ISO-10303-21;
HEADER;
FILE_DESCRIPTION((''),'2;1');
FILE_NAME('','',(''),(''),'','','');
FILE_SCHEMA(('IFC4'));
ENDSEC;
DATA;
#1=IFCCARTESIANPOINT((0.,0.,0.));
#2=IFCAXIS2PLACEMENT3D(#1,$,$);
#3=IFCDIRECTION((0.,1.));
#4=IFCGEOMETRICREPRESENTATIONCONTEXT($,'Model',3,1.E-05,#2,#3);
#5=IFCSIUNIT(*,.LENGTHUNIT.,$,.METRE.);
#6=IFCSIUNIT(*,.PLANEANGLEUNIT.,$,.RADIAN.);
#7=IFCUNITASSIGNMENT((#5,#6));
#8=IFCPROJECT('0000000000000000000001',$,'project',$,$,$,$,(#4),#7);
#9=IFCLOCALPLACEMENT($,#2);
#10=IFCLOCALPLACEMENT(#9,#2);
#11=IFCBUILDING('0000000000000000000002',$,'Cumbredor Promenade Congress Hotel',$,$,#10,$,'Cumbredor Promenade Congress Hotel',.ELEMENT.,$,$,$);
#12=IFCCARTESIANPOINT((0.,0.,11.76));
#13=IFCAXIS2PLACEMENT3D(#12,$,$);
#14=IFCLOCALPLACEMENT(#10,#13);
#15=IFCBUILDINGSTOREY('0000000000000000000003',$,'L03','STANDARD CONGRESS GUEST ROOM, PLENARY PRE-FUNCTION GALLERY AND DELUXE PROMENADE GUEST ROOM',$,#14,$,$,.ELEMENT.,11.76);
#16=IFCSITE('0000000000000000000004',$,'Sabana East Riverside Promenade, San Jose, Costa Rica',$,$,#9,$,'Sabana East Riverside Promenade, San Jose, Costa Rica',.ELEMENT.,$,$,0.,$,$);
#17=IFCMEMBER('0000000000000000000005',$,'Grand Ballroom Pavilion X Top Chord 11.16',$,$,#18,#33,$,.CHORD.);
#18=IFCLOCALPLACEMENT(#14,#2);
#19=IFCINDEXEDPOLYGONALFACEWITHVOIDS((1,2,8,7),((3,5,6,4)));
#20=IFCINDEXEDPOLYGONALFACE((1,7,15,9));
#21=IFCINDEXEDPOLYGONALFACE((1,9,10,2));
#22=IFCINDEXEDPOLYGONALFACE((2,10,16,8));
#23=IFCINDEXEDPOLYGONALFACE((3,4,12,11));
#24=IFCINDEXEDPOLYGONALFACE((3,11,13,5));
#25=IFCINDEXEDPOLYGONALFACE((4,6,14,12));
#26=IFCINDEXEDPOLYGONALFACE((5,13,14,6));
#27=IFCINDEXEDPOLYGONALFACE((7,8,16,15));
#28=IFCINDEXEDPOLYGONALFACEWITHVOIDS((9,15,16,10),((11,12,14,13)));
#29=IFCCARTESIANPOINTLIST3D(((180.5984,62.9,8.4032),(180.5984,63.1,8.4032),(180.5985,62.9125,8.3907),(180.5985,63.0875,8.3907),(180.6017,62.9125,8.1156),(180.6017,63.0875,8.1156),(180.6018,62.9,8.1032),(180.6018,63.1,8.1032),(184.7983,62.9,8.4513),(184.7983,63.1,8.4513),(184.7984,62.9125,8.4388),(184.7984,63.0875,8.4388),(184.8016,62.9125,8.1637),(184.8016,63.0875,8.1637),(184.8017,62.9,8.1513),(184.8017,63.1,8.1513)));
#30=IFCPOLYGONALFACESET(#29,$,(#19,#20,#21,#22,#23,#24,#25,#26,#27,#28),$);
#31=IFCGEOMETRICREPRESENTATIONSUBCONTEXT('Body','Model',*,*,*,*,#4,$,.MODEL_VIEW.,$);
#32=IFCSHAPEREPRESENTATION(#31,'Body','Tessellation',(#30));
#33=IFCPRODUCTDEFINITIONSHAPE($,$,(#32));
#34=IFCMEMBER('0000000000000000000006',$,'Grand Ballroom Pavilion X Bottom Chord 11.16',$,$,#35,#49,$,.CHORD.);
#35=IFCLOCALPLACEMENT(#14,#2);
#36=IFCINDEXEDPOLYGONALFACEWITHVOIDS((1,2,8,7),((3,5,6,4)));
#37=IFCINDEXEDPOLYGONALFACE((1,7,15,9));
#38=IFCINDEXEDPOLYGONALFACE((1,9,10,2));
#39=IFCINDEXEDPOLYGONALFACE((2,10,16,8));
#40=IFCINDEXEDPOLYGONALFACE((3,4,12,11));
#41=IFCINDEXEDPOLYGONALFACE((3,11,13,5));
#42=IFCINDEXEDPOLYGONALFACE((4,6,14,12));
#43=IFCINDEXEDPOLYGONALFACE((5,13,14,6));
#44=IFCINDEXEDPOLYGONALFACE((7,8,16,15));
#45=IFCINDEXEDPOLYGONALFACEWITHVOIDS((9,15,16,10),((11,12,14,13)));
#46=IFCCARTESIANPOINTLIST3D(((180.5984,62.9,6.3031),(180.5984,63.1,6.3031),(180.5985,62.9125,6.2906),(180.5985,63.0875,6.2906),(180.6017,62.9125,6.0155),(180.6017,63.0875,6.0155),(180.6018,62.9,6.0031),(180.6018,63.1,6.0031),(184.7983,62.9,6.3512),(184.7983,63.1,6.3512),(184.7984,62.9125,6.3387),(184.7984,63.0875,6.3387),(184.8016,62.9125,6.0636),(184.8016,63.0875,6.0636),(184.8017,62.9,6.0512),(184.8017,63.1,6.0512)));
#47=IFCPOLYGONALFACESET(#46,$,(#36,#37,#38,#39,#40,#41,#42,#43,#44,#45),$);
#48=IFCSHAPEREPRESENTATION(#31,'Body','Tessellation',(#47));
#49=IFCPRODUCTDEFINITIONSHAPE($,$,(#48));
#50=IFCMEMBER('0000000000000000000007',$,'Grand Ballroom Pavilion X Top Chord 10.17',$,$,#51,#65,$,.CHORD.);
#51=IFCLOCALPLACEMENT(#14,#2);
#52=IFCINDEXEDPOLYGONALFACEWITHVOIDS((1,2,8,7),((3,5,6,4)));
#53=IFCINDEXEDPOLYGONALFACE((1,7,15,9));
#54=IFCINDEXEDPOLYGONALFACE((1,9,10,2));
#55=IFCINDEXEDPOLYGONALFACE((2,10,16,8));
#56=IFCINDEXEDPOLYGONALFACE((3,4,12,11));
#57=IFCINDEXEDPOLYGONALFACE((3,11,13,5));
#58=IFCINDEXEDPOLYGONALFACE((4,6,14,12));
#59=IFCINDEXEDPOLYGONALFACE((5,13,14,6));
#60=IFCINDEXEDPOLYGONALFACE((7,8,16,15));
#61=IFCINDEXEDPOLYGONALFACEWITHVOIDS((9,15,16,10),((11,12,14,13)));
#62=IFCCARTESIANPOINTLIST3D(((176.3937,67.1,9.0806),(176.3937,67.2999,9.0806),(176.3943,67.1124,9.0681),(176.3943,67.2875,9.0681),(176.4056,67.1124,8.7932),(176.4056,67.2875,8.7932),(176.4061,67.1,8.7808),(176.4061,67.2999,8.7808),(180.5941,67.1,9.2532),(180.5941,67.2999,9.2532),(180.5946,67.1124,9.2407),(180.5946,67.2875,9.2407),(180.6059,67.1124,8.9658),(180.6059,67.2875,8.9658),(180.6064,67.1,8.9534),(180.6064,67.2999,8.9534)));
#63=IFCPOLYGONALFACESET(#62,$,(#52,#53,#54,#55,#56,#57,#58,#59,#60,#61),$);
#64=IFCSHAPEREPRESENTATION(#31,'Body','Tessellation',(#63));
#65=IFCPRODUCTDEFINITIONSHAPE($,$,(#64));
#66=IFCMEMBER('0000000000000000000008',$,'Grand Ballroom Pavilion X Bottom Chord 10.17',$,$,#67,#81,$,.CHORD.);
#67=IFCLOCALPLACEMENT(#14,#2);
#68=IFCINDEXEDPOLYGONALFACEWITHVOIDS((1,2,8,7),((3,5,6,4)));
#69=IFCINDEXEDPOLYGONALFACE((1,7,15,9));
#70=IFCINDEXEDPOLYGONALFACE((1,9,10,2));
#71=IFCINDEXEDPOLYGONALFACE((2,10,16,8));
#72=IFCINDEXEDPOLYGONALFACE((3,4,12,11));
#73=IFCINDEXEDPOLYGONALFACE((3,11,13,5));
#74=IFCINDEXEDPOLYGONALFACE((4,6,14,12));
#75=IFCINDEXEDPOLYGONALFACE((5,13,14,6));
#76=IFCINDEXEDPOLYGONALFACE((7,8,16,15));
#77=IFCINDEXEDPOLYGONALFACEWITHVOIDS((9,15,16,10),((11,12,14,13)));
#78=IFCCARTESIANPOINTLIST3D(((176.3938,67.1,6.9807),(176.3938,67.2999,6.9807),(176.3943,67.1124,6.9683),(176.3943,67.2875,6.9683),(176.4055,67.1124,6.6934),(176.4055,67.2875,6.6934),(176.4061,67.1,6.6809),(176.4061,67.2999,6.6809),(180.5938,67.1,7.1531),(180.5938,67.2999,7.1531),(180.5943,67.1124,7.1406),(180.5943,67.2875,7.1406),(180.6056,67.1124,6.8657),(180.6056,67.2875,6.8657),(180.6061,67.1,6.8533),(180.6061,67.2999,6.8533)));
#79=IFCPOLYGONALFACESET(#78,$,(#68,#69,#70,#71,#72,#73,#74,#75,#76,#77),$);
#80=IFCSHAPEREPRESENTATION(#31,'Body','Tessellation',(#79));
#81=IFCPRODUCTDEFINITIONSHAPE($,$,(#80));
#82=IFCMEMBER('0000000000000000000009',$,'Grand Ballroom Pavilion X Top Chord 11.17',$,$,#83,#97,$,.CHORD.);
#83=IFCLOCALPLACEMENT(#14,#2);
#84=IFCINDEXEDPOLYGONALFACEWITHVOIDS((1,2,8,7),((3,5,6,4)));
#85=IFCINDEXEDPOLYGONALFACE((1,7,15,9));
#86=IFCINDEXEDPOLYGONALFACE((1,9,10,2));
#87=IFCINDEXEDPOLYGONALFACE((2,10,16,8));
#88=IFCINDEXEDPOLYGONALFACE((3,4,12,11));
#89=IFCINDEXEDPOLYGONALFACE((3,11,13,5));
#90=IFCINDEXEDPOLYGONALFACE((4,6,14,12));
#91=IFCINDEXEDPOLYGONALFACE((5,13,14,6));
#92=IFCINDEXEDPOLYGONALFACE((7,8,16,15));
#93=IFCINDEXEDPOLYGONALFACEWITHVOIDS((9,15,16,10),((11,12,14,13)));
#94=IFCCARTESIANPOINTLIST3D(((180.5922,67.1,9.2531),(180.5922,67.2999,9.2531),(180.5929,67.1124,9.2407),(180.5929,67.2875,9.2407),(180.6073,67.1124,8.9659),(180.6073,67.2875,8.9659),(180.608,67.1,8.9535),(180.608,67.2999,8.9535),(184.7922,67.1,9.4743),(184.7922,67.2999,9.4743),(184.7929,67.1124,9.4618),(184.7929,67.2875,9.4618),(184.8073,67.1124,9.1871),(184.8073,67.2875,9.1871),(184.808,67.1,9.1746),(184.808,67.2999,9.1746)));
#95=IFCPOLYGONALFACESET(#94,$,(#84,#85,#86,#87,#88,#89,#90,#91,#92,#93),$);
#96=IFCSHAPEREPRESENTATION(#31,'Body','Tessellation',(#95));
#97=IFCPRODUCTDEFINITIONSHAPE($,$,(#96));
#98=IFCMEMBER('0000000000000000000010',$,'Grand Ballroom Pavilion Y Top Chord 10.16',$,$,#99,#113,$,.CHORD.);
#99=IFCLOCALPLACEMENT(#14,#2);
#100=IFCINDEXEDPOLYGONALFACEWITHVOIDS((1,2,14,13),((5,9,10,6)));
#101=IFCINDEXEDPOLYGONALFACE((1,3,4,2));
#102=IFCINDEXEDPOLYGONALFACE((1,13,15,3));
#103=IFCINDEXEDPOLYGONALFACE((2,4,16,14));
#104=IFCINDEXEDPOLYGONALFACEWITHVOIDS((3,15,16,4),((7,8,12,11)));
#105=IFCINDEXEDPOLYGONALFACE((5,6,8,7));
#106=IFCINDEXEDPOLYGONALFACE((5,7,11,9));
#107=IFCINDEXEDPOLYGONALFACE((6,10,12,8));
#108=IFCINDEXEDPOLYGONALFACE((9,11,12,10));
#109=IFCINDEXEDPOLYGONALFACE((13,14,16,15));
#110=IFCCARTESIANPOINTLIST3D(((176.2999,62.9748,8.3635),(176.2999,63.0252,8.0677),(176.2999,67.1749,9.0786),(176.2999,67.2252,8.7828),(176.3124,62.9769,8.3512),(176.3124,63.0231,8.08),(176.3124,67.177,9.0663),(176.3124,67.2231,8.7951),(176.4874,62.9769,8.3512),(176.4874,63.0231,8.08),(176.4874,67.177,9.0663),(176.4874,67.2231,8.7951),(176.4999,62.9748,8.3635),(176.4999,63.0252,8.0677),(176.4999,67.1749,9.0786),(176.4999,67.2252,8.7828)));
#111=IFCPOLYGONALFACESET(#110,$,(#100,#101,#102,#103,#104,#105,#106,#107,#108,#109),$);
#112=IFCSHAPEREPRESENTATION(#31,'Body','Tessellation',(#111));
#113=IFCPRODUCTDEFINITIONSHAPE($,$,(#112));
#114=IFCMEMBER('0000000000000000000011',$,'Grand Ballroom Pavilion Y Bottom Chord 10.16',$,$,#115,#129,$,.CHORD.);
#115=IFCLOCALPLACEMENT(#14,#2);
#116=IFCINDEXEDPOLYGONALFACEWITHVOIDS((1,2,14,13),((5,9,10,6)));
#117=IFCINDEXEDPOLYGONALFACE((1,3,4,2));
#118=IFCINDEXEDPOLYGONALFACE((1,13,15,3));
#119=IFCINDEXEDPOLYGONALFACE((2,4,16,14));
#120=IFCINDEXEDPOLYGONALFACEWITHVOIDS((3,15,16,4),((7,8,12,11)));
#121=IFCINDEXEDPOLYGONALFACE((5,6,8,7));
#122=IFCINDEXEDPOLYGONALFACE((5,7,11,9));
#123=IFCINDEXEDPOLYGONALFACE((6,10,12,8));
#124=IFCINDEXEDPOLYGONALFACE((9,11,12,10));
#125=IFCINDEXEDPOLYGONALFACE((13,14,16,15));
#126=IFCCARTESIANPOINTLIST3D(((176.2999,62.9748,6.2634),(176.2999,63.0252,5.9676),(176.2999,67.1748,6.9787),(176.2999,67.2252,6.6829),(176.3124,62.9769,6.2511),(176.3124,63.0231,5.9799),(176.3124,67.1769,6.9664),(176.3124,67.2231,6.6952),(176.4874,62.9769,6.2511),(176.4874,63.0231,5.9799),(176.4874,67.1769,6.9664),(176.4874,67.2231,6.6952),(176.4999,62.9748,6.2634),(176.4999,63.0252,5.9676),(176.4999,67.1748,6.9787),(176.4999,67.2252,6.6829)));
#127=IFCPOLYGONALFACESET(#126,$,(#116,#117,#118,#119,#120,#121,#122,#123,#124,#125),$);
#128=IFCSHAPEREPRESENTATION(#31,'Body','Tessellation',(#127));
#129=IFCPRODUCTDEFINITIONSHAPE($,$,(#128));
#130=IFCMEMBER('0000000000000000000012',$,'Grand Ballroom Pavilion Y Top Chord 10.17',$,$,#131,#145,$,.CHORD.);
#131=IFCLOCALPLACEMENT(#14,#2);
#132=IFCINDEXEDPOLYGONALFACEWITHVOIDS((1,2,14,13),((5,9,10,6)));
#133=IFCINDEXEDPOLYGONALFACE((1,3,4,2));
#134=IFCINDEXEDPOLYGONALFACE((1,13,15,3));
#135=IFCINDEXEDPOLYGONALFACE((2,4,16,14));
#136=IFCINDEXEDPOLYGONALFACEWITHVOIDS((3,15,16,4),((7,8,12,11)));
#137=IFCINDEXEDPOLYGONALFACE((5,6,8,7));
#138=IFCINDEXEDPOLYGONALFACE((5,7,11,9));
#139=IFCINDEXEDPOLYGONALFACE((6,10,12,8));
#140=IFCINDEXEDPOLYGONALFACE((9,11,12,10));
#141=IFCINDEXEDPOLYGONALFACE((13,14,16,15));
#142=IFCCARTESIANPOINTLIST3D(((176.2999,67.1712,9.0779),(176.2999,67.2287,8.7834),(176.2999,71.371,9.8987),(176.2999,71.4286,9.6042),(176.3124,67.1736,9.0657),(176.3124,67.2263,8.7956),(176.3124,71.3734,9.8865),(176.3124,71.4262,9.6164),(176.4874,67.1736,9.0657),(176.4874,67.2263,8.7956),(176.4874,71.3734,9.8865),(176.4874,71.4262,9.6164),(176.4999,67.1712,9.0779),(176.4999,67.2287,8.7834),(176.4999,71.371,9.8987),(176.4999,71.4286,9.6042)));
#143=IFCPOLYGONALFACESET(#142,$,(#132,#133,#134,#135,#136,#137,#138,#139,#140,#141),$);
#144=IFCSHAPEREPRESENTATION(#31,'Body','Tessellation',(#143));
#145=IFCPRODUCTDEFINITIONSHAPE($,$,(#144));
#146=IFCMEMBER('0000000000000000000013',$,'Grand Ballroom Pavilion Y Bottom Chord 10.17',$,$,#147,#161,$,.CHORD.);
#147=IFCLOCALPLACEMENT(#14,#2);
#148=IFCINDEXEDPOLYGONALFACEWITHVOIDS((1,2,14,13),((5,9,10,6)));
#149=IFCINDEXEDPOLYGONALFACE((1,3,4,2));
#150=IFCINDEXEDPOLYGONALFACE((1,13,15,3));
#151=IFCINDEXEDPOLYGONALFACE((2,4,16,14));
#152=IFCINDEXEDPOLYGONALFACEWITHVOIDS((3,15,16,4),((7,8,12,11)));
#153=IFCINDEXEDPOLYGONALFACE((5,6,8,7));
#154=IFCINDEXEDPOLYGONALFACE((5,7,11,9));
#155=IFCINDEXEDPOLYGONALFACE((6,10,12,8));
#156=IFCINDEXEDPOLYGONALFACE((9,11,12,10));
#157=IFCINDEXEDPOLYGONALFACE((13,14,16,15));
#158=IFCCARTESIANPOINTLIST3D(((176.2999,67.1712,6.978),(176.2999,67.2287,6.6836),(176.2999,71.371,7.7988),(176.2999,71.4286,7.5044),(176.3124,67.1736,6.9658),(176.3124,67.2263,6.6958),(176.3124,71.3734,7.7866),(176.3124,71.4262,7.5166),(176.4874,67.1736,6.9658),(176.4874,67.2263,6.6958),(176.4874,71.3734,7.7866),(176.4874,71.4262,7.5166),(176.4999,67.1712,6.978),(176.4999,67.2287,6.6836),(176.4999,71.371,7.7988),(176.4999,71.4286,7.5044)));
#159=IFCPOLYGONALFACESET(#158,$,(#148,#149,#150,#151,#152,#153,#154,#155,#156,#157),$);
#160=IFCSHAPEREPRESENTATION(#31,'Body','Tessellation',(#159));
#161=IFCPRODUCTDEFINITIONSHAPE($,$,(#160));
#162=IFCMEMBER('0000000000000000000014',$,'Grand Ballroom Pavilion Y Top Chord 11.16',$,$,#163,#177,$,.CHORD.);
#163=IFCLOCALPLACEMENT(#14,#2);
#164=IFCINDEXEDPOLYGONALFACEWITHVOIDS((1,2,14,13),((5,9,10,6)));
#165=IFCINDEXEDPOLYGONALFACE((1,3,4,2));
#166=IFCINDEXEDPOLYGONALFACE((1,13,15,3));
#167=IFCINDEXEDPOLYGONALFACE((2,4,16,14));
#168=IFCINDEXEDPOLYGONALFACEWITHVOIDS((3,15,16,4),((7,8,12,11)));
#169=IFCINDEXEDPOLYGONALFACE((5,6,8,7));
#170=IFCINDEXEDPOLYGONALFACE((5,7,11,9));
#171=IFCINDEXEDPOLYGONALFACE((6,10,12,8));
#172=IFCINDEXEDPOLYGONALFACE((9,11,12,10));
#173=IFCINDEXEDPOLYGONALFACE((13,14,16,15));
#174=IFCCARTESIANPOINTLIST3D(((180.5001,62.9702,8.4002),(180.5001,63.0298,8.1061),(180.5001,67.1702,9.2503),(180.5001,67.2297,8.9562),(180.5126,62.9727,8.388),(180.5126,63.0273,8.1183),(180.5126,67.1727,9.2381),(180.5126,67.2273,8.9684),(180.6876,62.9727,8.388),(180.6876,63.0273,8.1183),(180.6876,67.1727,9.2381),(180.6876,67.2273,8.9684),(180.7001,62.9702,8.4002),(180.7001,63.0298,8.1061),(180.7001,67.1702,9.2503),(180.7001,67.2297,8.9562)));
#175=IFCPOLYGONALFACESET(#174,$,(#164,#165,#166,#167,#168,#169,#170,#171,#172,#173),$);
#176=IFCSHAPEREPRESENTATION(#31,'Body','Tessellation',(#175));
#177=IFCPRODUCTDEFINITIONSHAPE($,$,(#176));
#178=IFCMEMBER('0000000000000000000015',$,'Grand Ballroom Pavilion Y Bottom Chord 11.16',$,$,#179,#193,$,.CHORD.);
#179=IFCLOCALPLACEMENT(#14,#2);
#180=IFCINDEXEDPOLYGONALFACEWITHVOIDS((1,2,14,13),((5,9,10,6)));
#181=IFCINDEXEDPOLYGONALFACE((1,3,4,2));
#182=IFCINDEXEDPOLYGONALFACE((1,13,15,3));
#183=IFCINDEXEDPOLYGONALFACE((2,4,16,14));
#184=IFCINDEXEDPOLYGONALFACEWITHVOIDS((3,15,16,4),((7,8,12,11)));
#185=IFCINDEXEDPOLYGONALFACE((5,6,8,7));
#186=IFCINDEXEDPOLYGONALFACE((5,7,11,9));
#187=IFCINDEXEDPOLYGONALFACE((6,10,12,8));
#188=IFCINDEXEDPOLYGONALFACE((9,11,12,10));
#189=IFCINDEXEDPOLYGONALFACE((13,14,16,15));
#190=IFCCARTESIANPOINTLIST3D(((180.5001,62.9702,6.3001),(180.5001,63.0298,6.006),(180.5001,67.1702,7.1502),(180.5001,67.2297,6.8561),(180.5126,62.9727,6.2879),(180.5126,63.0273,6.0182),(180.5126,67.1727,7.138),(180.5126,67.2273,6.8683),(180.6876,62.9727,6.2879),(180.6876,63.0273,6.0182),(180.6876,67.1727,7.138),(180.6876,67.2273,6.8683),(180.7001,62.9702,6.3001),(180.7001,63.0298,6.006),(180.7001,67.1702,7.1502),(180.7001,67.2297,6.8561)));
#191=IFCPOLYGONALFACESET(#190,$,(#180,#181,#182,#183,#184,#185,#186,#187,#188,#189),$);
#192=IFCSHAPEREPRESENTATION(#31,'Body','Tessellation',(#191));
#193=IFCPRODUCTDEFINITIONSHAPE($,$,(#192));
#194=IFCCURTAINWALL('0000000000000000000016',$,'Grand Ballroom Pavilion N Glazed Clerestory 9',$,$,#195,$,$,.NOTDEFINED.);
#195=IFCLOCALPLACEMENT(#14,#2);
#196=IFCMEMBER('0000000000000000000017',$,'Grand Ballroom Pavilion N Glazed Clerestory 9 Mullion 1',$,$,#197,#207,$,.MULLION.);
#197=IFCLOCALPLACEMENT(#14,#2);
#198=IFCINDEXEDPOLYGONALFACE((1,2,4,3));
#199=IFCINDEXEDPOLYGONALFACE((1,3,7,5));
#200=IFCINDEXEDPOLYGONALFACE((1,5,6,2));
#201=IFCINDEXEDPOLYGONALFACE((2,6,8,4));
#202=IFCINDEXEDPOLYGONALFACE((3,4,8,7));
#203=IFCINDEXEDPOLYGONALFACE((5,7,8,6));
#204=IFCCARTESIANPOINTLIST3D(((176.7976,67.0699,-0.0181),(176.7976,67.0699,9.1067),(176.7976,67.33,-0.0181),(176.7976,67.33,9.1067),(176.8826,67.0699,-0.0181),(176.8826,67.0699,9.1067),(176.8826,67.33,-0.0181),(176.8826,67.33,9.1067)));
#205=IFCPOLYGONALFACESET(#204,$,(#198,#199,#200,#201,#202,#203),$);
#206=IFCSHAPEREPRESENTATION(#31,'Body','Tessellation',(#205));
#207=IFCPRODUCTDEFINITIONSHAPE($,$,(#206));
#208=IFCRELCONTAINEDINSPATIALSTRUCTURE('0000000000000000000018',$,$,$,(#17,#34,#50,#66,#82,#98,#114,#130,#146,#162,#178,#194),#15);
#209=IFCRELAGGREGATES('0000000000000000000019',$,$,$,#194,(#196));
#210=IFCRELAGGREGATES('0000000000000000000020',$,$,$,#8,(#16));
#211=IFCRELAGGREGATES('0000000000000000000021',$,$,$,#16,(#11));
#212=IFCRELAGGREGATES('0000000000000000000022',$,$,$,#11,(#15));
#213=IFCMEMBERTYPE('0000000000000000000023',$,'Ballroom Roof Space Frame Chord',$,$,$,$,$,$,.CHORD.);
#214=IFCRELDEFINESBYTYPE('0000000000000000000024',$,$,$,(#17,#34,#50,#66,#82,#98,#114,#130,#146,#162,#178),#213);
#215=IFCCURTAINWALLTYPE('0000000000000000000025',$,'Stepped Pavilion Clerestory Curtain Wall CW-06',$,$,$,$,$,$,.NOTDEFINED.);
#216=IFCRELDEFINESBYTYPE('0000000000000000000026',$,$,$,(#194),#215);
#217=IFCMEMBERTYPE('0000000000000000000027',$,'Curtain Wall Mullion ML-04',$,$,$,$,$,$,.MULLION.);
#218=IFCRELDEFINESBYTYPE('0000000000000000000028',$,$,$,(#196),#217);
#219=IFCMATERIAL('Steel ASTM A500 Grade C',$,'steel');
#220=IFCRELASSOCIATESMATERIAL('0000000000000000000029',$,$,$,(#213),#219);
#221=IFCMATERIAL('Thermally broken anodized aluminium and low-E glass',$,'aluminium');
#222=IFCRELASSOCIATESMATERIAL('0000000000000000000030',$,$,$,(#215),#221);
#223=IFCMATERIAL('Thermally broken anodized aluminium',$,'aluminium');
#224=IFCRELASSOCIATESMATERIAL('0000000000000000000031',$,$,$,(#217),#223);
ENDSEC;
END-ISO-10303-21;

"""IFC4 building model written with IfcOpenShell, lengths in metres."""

from ifc_helpers import new_model, si_unit, direction, frame, origin, origin_2d, place, context, subcontext, project, spatial, rectangle, hollow_rectangle, extrude, material, material_profile, profile_set, type_object, element, aggregate, save


model = new_model("IFC4")

# Units and contexts
model_context = context("Model", 3, precision=1e-05, world=origin(), true_north=direction((0.0, 1.0)))
body_context = subcontext(model_context, "Body", "Model", "MODEL_VIEW")
ifc_project = project(units=[si_unit("LENGTHUNIT", "METRE"), si_unit("PLANEANGLEUNIT", "RADIAN")], contexts=[model_context])

# Site, building, storey
site_placement = place(None, origin())
site = spatial("IfcSite", under=ifc_project, at=site_placement, Name="Sabana East Riverside Promenade, San Jose, Costa Rica", LongName="Sabana East Riverside Promenade, San Jose, Costa Rica", CompositionType="ELEMENT", RefElevation=0.0)
building_placement = place(site_placement, origin())
building = spatial("IfcBuilding", under=site, at=building_placement, Name="Cumbredor Promenade Congress Hotel", LongName="Cumbredor Promenade Congress Hotel", CompositionType="ELEMENT")
storey_placement = place(building_placement, frame((0.0, 0.0, 11.76)))
storey = spatial("IfcBuildingStorey", under=building, at=storey_placement, Name="L03", Description="STANDARD CONGRESS GUEST ROOM, PLENARY PRE-FUNCTION GALLERY AND DELUXE PROMENADE GUEST ROOM", CompositionType="ELEMENT", Elevation=11.76)

# Members
ifc_material_1 = material(Name="Steel ASTM A500 Grade C", Category="steel")
ifc_material_profile_1 = material_profile(ifc_material_1, hollow_rectangle(XDim=0.2, YDim=0.3, WallThickness=0.0125, at=origin_2d()), Name="HSS 300x200x12.5")
ifc_profile_set_1 = profile_set([ifc_material_profile_1], Name="Steel ASTM A500 Grade C")
member_type_1 = type_object("IfcMemberType", Name="Ballroom Roof Space Frame Chord", PredefinedType="CHORD", material=ifc_profile_set_1)
for number, where, z_axis, x_axis, name in (
    (1, (180.6001, 63.0, 8.2532), (0.999934, 0.0, 0.011451), (0.0, 1.0, 0.0), "Grand Ballroom Pavilion X Top Chord 11.16"),
    (2, (180.6001, 63.0, 6.1531), (0.999934, 0.0, 0.011451), (0.0, 1.0, 0.0), "Grand Ballroom Pavilion X Bottom Chord 11.16"),
):
    element("IfcMember", number, at=place(storey_placement, frame(where, z_axis=z_axis, x_axis=x_axis)), inside=storey, type_object=member_type_1, Name=name, PredefinedType="CHORD", context=body_context, shape_type="SweptSolid", body=[
        extrude(hollow_rectangle(XDim=0.2, YDim=0.3, WallThickness=0.0125, at=origin_2d()), origin(), (0.0, 0.0, 1.0), 4.2002),
    ])
member_1_placement = place(storey_placement, frame((176.3999, 67.2, 8.9307), z_axis=(0.999157, 0.0, 0.04106), x_axis=(0.0, 1.0, 0.0)))
element("IfcMember", 3, at=member_1_placement, inside=storey, type_object=member_type_1, Name="Grand Ballroom Pavilion X Top Chord 10.17", PredefinedType="CHORD", context=body_context, shape_type="SweptSolid", body=[
    extrude(hollow_rectangle(XDim=0.2, YDim=0.3, WallThickness=0.0125, at=origin_2d()), origin(), (0.0, 0.0, 1.0), 4.2039),
])
member_2_placement = place(storey_placement, frame((176.3999, 67.2, 6.8308), z_axis=(0.999159, 0.0, 0.041002), x_axis=(0.0, 1.0, 0.0)))
element("IfcMember", 4, at=member_2_placement, inside=storey, type_object=member_type_1, Name="Grand Ballroom Pavilion X Bottom Chord 10.17", PredefinedType="CHORD", context=body_context, shape_type="SweptSolid", body=[
    extrude(hollow_rectangle(XDim=0.2, YDim=0.3, WallThickness=0.0125, at=origin_2d()), origin(), (0.0, 0.0, 1.0), 4.2036),
])
member_3_placement = place(storey_placement, frame((180.6001, 67.2, 9.1033), z_axis=(0.998616, 0.0, 0.052592), x_axis=(0.0, 1.0, 0.0)))
element("IfcMember", 5, at=member_3_placement, inside=storey, type_object=member_type_1, Name="Grand Ballroom Pavilion X Top Chord 11.17", PredefinedType="CHORD", context=body_context, shape_type="SweptSolid", body=[
    extrude(hollow_rectangle(XDim=0.2, YDim=0.3, WallThickness=0.0125, at=origin_2d()), origin(), (0.0, 0.0, 1.0), 4.2058),
])
for number, where, z_axis, x_axis, name in (
    (6, (176.3999, 63.0, 8.2156), (0.0, 0.985813, 0.167846), (-1.0, 0.0, 0.0), "Grand Ballroom Pavilion Y Top Chord 10.16"),
    (7, (176.3999, 63.0, 6.1155), (0.0, 0.985804, 0.167901), (-1.0, 0.0, 0.0), "Grand Ballroom Pavilion Y Bottom Chord 10.16"),
):
    element("IfcMember", number, at=place(storey_placement, frame(where, z_axis=z_axis, x_axis=x_axis)), inside=storey, type_object=member_type_1, Name=name, PredefinedType="CHORD", context=body_context, shape_type="SweptSolid", body=[
        extrude(hollow_rectangle(XDim=0.2, YDim=0.3, WallThickness=0.0125, at=origin_2d()), origin(), (0.0, 0.0, 1.0), 4.2605),
    ])
for number, where, z_axis, x_axis, name in (
    (8, (176.3999, 67.2, 8.9307), (0.0, 0.981434, 0.191803), (-1.0, 0.0, 0.0), "Grand Ballroom Pavilion Y Top Chord 10.17"),
    (9, (176.3999, 67.2, 6.8308), (0.0, 0.981434, 0.191803), (-1.0, 0.0, 0.0), "Grand Ballroom Pavilion Y Bottom Chord 10.17"),
):
    element("IfcMember", number, at=place(storey_placement, frame(where, z_axis=z_axis, x_axis=x_axis)), inside=storey, type_object=member_type_1, Name=name, PredefinedType="CHORD", context=body_context, shape_type="SweptSolid", body=[
        extrude(hollow_rectangle(XDim=0.2, YDim=0.3, WallThickness=0.0125, at=origin_2d()), origin(), (0.0, 0.0, 1.0), 4.2793),
    ])
for number, where, z_axis, x_axis, name in (
    (10, (180.6001, 63.0, 8.2532), (0.0, 0.980124, 0.198384), (-1.0, 0.0, 0.0), "Grand Ballroom Pavilion Y Top Chord 11.16"),
    (11, (180.6001, 63.0, 6.1531), (0.0, 0.980124, 0.198384), (-1.0, 0.0, 0.0), "Grand Ballroom Pavilion Y Bottom Chord 11.16"),
):
    element("IfcMember", number, at=place(storey_placement, frame(where, z_axis=z_axis, x_axis=x_axis)), inside=storey, type_object=member_type_1, Name=name, PredefinedType="CHORD", context=body_context, shape_type="SweptSolid", body=[
        extrude(hollow_rectangle(XDim=0.2, YDim=0.3, WallThickness=0.0125, at=origin_2d()), origin(), (0.0, 0.0, 1.0), 4.2852),
    ])

# Curtain wall, member
ifc_material_2 = material(Name="Thermally broken anodized aluminium and low-E glass", Category="aluminium")
curtain_wall_type = type_object("IfcCurtainWallType", Name="Stepped Pavilion Clerestory Curtain Wall CW-06", PredefinedType="NOTDEFINED", material=ifc_material_2)
curtain_wall_placement = place(storey_placement, origin())
curtain_wall = element("IfcCurtainWall", 12, at=curtain_wall_placement, inside=storey, type_object=curtain_wall_type, Name="Grand Ballroom Pavilion N Glazed Clerestory 9", PredefinedType="NOTDEFINED")
ifc_material_3 = material(Name="Thermally broken anodized aluminium", Category="aluminium")
ifc_material_profile_2 = material_profile(ifc_material_3, rectangle(XDim=0.085, YDim=0.26, at=origin_2d()), Name="ALU MULLION CLERESTORY 85x260")
ifc_profile_set_2 = profile_set([ifc_material_profile_2], Name="Thermally broken anodized aluminium")
member_type_2 = type_object("IfcMemberType", Name="Curtain Wall Mullion ML-04", PredefinedType="MULLION", material=ifc_profile_set_2)
member_4_placement = place(storey_placement, frame((176.8401, 67.2, -0.0181), z_axis=(0.0, 0.0, 1.0), x_axis=(1.0, 0.0, 0.0)))
member_4 = element("IfcMember", 13, at=member_4_placement, type_object=member_type_2, Name="Grand Ballroom Pavilion N Glazed Clerestory 9 Mullion 1", PredefinedType="MULLION", context=body_context, shape_type="SweptSolid", body=[
    extrude(rectangle(XDim=0.085, YDim=0.26, at=origin_2d()), origin(), (0.0, 0.0, 1.0), 9.1248),
])

aggregate(curtain_wall, [member_4])

save(model, "model.ifc")
